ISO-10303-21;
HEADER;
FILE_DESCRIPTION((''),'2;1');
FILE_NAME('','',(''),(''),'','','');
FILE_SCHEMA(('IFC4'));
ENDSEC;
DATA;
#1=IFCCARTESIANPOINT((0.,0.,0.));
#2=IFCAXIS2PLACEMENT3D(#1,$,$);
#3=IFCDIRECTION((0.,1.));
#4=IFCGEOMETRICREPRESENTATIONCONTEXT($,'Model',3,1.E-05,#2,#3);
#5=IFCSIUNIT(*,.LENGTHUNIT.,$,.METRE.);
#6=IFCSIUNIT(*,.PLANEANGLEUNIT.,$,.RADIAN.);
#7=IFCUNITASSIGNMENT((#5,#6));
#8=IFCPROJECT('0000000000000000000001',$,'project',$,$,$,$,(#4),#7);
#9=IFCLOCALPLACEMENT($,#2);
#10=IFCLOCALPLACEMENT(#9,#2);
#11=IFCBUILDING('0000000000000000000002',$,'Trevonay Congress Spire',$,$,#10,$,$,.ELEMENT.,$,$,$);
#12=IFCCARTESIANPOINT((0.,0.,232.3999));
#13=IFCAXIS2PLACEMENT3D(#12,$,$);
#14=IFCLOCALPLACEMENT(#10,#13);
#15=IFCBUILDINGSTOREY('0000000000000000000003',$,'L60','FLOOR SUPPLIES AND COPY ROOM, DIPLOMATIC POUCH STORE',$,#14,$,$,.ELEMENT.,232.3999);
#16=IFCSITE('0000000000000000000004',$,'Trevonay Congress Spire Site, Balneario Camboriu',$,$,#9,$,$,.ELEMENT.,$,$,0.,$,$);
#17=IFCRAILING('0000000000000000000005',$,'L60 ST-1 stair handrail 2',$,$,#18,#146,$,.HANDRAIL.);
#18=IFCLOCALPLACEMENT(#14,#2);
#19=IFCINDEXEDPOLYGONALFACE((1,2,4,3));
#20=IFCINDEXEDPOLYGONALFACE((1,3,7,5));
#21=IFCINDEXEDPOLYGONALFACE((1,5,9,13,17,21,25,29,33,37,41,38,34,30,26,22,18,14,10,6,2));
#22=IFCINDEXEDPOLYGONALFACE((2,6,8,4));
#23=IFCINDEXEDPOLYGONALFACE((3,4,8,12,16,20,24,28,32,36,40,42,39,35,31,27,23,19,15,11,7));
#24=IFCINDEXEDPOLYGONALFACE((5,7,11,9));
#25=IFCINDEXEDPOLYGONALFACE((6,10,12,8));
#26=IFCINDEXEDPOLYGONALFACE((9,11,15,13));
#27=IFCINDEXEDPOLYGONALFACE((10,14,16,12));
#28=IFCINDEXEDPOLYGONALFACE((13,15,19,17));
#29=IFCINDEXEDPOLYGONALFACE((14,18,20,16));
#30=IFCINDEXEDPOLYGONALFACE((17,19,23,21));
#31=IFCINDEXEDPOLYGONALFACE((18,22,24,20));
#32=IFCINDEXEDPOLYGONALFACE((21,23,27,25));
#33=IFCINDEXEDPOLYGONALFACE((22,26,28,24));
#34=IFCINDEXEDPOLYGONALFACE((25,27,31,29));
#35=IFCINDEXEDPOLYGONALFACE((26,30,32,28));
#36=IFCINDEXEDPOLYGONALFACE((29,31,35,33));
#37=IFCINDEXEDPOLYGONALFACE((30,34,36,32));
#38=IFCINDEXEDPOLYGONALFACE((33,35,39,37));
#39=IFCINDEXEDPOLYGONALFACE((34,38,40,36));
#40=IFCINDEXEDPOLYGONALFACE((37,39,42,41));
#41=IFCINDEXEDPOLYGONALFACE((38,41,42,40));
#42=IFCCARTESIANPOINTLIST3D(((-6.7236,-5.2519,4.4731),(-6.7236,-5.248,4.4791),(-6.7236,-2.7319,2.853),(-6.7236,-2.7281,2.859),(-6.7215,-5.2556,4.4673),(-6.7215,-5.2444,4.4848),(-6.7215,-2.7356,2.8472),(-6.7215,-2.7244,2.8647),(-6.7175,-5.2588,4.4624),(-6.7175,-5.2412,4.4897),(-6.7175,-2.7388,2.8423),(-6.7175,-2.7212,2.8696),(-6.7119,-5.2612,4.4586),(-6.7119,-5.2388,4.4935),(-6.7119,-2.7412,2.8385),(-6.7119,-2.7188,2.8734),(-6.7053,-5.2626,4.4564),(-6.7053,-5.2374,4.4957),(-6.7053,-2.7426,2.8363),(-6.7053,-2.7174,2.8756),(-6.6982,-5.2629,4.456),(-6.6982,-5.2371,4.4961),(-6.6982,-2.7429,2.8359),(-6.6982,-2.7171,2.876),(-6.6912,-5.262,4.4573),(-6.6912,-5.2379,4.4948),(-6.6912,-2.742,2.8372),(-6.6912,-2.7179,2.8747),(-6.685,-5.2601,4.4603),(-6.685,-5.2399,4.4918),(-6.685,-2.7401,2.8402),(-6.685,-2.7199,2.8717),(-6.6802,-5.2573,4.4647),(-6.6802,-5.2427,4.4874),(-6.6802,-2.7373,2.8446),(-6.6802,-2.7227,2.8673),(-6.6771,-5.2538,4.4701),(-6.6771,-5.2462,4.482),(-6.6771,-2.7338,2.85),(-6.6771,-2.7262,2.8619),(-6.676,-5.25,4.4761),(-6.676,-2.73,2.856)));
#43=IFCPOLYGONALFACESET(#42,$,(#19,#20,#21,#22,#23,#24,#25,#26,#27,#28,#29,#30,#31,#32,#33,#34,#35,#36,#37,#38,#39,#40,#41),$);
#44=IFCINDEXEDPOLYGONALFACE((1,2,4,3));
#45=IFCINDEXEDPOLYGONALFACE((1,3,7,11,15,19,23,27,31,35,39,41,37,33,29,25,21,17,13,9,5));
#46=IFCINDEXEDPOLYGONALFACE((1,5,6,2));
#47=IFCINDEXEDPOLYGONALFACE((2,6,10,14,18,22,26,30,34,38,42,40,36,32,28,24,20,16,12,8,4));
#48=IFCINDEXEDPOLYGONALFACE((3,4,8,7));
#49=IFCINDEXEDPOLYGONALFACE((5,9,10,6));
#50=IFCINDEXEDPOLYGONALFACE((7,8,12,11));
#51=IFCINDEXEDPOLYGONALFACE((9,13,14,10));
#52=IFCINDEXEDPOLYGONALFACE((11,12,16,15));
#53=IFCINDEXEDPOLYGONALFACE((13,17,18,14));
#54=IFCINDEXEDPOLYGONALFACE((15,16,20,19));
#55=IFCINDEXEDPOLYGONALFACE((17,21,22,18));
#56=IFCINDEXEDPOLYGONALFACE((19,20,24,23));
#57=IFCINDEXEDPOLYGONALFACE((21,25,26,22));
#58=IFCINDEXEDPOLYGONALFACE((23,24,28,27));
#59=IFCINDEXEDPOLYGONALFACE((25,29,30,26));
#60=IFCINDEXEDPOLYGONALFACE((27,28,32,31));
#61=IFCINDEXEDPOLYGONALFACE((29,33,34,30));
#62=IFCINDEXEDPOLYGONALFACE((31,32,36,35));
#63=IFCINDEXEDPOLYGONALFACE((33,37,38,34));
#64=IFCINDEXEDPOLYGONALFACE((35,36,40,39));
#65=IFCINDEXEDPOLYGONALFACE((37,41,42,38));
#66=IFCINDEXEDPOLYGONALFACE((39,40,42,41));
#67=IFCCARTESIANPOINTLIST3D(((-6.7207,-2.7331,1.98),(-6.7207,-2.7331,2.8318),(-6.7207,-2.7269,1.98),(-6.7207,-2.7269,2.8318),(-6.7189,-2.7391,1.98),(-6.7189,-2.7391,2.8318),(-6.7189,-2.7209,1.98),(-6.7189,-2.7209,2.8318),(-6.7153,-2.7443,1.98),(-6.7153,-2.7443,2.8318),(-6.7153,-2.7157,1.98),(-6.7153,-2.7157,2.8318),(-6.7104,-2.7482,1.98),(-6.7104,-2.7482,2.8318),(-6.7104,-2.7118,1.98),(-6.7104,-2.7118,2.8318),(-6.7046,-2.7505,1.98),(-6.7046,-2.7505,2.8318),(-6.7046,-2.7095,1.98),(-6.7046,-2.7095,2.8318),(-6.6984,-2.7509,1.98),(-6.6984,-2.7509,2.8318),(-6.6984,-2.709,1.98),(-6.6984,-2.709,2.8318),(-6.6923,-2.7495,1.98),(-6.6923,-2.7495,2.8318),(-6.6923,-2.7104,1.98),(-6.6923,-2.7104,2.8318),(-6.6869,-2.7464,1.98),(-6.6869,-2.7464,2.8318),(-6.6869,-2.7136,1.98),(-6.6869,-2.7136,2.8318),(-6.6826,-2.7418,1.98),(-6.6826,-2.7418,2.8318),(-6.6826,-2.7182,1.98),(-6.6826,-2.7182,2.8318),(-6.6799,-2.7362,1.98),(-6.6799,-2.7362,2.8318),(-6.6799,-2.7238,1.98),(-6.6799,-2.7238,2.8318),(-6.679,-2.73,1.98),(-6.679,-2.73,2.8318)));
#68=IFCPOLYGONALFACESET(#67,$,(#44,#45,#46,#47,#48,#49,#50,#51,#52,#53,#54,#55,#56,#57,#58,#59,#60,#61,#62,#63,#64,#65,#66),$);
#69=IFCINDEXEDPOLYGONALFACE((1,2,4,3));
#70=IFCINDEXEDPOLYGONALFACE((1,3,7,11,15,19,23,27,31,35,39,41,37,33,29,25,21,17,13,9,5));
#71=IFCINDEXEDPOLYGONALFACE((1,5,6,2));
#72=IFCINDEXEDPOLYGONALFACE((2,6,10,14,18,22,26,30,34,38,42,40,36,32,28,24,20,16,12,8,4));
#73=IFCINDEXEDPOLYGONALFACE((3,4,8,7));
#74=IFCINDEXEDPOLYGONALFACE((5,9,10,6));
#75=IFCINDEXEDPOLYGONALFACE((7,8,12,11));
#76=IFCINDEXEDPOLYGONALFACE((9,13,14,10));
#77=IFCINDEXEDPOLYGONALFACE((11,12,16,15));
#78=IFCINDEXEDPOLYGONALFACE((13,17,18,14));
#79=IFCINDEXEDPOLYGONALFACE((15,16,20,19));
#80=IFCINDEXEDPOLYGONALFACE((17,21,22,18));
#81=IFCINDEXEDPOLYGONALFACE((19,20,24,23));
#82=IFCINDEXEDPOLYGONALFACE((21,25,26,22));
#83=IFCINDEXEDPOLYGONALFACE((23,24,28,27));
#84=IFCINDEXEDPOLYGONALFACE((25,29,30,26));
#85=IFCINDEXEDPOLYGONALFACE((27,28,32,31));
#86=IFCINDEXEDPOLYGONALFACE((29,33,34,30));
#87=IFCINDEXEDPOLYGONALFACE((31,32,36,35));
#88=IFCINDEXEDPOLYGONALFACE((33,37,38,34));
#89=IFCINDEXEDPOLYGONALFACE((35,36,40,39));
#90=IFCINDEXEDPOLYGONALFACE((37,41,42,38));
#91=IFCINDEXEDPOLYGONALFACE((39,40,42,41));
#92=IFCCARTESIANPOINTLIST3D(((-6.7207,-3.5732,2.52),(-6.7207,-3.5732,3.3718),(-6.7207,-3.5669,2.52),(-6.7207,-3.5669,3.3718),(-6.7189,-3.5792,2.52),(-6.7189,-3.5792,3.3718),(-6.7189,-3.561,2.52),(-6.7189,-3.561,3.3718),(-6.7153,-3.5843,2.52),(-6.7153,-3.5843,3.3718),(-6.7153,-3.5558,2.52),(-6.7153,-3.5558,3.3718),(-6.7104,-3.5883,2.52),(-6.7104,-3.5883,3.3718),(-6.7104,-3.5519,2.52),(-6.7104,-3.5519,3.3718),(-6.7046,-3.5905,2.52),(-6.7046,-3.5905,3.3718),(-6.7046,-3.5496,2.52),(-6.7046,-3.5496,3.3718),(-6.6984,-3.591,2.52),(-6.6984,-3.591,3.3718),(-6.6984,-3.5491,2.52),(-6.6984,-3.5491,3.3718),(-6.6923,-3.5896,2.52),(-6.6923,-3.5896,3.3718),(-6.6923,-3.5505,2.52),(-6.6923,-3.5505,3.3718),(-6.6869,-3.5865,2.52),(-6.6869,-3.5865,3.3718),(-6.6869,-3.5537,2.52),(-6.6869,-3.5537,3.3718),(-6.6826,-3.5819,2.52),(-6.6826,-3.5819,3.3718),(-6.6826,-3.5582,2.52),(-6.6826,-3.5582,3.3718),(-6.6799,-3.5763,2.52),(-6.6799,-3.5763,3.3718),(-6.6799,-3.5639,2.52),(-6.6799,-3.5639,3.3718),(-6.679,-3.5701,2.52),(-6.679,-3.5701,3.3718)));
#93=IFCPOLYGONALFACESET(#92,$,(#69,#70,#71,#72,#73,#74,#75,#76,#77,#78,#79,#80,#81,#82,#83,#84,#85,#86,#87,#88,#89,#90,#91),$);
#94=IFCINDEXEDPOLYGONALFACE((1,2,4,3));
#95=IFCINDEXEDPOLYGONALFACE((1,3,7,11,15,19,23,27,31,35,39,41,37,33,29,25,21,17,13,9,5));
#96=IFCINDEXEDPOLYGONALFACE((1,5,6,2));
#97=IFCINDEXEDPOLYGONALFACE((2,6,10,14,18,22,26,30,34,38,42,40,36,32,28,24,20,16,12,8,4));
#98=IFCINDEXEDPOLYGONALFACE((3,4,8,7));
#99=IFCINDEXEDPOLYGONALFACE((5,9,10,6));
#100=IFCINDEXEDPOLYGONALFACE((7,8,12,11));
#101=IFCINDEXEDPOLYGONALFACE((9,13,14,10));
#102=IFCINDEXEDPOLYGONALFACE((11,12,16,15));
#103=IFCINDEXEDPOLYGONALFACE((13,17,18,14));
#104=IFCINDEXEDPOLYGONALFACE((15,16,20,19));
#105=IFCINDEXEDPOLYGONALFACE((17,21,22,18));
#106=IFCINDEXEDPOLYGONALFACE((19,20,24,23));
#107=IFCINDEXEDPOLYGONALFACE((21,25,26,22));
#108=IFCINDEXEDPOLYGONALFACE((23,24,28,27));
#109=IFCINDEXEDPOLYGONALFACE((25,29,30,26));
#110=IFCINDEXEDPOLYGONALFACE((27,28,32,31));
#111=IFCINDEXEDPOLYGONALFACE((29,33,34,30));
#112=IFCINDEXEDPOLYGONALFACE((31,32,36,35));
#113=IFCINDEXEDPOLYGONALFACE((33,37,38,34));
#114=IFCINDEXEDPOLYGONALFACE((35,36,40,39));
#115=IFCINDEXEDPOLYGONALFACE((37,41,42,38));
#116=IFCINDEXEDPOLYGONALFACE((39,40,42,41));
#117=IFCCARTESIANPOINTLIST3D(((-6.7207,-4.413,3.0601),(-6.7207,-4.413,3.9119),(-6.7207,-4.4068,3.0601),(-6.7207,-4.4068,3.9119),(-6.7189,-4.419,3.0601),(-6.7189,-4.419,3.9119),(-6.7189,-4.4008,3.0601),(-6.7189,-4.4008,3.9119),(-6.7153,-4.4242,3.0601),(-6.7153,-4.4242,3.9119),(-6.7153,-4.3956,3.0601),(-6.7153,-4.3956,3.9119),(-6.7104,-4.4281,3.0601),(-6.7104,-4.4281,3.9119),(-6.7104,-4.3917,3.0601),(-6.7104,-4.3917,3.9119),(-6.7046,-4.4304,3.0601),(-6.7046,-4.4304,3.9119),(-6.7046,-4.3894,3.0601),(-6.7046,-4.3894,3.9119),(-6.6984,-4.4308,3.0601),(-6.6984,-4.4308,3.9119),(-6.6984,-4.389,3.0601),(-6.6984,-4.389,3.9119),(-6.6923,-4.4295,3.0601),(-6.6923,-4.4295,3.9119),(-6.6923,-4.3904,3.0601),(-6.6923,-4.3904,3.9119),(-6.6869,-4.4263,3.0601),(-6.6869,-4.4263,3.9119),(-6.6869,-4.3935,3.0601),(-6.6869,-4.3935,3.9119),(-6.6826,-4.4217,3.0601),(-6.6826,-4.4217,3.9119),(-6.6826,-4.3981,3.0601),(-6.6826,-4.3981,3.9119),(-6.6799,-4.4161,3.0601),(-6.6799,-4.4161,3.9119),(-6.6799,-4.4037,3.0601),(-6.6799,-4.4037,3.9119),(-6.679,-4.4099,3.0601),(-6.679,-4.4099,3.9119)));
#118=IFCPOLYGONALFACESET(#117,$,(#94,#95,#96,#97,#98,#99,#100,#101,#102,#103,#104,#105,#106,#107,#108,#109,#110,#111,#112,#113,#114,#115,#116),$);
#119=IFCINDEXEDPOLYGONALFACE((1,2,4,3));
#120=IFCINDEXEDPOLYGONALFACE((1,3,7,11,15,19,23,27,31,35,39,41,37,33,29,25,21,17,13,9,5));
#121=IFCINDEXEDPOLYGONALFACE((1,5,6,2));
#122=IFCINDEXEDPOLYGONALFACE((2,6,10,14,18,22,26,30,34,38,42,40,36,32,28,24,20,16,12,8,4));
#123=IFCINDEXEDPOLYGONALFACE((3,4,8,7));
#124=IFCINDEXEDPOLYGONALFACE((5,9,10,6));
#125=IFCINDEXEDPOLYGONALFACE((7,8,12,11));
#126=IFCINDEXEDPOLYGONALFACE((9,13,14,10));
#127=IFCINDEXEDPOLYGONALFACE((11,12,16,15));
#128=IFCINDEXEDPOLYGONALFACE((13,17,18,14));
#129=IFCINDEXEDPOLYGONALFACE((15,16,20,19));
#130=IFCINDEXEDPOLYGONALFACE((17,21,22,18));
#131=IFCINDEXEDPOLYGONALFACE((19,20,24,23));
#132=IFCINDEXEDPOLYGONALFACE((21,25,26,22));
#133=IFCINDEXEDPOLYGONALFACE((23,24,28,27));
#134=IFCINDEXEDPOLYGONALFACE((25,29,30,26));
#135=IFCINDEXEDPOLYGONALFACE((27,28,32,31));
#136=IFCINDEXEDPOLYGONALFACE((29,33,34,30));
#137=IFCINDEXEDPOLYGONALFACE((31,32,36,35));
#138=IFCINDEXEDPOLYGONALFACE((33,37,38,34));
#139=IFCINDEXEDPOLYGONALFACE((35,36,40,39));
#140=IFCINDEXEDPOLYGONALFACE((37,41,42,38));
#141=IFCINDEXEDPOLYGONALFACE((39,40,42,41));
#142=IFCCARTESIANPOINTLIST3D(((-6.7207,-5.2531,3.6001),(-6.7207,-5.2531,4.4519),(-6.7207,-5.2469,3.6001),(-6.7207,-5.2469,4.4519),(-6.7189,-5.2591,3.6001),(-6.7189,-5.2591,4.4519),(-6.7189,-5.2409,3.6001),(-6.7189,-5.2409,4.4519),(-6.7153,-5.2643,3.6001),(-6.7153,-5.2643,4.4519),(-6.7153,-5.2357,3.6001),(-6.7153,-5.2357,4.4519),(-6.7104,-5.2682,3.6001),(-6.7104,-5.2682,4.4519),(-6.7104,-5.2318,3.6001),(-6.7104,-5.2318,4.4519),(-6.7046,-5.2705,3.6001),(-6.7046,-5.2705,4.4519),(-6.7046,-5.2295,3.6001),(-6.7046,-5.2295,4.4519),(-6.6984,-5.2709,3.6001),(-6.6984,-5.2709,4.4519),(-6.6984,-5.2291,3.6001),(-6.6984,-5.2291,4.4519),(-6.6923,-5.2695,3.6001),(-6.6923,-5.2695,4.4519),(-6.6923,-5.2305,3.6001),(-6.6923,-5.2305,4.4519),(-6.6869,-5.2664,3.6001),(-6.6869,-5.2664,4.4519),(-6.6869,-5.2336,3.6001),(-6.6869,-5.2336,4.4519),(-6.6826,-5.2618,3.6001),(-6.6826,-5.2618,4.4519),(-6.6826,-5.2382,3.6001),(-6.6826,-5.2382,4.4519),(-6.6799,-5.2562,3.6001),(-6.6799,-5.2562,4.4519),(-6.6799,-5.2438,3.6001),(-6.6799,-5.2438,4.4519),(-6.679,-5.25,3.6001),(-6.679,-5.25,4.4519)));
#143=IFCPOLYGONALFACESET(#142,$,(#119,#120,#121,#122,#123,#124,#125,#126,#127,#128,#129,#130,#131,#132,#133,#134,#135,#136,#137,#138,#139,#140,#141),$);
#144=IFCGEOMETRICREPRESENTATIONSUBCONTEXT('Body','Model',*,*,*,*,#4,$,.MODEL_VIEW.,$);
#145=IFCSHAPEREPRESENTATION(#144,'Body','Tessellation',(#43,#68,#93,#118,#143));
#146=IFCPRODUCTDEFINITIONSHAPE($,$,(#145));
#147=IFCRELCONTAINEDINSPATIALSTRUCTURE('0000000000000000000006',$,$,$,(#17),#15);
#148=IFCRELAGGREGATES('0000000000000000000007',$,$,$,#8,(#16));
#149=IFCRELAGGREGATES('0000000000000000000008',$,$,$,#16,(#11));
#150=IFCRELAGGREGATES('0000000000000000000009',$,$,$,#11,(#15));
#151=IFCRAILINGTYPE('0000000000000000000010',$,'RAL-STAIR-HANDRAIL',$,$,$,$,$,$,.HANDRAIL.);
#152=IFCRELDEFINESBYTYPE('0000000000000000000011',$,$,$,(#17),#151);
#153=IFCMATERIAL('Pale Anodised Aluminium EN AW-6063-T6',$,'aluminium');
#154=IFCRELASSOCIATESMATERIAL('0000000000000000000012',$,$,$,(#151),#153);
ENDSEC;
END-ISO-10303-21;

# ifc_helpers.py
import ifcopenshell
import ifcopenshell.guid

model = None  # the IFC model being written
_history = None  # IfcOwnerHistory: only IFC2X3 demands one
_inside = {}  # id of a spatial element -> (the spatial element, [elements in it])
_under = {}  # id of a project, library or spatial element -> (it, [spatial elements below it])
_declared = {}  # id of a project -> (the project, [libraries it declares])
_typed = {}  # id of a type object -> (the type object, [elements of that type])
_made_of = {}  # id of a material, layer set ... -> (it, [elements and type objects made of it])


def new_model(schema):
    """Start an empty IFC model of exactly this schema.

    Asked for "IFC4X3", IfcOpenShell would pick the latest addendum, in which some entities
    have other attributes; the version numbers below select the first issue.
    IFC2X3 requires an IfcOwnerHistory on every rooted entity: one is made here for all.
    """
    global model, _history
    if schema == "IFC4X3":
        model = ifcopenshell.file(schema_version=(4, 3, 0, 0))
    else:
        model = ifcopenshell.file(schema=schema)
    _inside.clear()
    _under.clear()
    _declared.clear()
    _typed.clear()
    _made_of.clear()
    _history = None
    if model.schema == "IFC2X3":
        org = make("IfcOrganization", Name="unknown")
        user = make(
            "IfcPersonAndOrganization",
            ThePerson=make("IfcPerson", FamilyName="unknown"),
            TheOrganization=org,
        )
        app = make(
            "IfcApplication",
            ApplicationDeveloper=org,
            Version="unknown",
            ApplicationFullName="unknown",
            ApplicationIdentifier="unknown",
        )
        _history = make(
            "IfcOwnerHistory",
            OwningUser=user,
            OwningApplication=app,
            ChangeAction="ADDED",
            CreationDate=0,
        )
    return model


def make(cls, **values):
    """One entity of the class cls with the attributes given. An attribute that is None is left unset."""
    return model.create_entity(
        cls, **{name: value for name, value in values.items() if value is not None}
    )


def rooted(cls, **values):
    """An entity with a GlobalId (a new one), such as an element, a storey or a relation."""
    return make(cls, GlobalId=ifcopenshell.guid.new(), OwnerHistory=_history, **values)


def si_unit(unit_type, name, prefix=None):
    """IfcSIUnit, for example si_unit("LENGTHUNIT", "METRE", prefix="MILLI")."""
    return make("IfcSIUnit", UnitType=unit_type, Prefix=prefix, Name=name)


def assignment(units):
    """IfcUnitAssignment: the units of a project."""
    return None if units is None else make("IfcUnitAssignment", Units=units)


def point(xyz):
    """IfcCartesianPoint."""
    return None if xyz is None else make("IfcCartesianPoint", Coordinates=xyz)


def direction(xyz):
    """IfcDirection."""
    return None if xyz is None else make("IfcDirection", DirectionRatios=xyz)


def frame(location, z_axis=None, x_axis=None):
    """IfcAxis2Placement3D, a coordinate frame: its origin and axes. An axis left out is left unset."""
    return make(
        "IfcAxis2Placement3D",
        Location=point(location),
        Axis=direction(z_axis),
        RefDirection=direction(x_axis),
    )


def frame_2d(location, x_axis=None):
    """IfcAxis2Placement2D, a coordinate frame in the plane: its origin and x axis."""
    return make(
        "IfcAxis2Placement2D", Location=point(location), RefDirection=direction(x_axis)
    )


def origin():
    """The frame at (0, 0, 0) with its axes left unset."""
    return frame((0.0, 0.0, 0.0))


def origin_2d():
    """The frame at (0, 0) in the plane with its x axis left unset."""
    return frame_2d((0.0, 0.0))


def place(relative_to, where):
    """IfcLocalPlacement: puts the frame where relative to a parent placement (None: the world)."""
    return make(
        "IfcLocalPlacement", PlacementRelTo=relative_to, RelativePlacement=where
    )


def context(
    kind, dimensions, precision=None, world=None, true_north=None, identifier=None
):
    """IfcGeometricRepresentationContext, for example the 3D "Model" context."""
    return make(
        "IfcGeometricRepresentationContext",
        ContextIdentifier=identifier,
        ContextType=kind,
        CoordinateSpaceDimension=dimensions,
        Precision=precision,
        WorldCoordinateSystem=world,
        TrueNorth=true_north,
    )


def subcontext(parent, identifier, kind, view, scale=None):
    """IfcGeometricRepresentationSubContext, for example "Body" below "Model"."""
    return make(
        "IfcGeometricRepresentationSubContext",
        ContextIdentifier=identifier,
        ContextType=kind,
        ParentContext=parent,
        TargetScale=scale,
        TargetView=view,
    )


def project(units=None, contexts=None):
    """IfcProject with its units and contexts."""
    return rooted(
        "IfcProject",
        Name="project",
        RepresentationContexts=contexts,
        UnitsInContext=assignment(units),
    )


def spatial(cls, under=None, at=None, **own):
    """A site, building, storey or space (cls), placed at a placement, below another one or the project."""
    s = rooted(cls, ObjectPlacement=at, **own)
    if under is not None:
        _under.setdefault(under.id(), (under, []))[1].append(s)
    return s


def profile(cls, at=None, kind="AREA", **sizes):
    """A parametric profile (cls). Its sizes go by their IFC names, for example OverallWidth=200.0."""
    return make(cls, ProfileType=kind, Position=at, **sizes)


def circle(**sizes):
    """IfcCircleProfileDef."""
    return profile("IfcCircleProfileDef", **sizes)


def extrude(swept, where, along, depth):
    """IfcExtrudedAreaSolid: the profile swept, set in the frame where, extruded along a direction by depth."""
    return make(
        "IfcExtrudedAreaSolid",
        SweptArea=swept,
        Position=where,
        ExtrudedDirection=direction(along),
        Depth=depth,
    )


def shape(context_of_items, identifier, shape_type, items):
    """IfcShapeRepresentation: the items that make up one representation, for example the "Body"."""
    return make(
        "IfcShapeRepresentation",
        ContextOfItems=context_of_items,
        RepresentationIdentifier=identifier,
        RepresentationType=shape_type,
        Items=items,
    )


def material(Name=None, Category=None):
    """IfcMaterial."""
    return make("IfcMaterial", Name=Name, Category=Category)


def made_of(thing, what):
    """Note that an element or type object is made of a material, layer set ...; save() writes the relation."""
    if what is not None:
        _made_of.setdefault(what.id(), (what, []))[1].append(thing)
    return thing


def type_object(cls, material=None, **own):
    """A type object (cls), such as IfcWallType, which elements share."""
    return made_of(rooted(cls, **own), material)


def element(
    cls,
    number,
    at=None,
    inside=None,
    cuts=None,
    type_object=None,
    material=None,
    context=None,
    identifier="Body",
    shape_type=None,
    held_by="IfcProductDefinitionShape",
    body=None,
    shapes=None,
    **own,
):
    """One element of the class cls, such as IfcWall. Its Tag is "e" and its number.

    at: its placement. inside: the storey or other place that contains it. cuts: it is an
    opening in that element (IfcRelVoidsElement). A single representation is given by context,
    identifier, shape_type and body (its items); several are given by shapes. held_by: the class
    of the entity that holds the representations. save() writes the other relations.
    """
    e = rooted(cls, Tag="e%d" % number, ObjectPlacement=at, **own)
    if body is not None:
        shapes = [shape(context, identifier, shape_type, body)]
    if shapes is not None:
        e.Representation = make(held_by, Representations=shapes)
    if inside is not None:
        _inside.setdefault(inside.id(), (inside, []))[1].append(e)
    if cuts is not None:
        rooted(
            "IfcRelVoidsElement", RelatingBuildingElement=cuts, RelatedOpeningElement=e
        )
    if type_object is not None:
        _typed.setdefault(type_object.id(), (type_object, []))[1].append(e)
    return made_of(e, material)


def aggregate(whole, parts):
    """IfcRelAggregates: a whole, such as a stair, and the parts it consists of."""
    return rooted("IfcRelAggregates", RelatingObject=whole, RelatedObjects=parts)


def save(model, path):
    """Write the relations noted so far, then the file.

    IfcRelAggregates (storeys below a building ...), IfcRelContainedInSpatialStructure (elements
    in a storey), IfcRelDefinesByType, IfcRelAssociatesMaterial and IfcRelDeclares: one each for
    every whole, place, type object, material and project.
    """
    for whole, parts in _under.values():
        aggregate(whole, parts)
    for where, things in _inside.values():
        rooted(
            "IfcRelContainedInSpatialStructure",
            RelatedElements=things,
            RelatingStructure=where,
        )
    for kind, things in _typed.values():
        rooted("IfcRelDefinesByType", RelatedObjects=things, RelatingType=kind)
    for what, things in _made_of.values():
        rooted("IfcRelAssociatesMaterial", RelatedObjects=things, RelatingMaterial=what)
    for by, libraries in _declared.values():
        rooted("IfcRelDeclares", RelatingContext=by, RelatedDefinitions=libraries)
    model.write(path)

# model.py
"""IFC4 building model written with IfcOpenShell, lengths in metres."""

from ifc_helpers import new_model, si_unit, direction, frame, origin, origin_2d, place, context, subcontext, project, spatial, circle, extrude, material, type_object, element, save


model = new_model("IFC4")

# Units and contexts
model_context = context("Model", 3, precision=1e-05, world=origin(), true_north=direction((0.0, 1.0)))
body_context = subcontext(model_context, "Body", "Model", "MODEL_VIEW")
ifc_project = project(units=[si_unit("LENGTHUNIT", "METRE"), si_unit("PLANEANGLEUNIT", "RADIAN")], contexts=[model_context])

# Site, building, storey
site_placement = place(None, origin())
site = spatial("IfcSite", under=ifc_project, at=site_placement, Name="Trevonay Congress Spire Site, Balneario Camboriu", CompositionType="ELEMENT", RefElevation=0.0)
building_placement = place(site_placement, origin())
building = spatial("IfcBuilding", under=site, at=building_placement, Name="Trevonay Congress Spire", CompositionType="ELEMENT")
storey_placement = place(building_placement, frame((0.0, 0.0, 232.3999)))
storey = spatial("IfcBuildingStorey", under=building, at=storey_placement, Name="L60", Description="FLOOR SUPPLIES AND COPY ROOM, DIPLOMATIC POUCH STORE", CompositionType="ELEMENT", Elevation=232.3999)

# Railing
ifc_material_1 = material(Name="Pale Anodised Aluminium EN AW-6063-T6", Category="aluminium")
railing_type_1 = type_object("IfcRailingType", Name="RAL-STAIR-HANDRAIL", PredefinedType="HANDRAIL", material=ifc_material_1)
railing_1_placement = place(storey_placement, frame((-6.7, -2.73, 1.98)))
element("IfcRailing", 1, at=railing_1_placement, inside=storey, type_object=railing_type_1, Name="L60 ST-1 stair handrail 2", PredefinedType="HANDRAIL", context=body_context, shape_type="SweptSolid", body=[
    extrude(circle(Radius=0.0239, at=origin_2d()), frame((0.0, 0.0, 0.876), z_axis=(0.0, -0.841163, 0.540782), x_axis=(1.0, 0.0, 0.0)), (0.0, 0.0, 1.0), 2.9958),
    extrude(circle(Radius=0.021, at=origin_2d()), origin(), (0.0, 0.0, 1.0), 0.8518),
    extrude(circle(Radius=0.021, at=origin_2d()), frame((0.0, -0.8401, 0.54)), (0.0, 0.0, 1.0), 0.8518),
    extrude(circle(Radius=0.021, at=origin_2d()), frame((0.0, -1.6799, 1.0801)), (0.0, 0.0, 1.0), 0.8518),
    extrude(circle(Radius=0.021, at=origin_2d()), frame((0.0, -2.52, 1.6201)), (0.0, 0.0, 1.0), 0.8518),
])

save(model, "model.ifc")
